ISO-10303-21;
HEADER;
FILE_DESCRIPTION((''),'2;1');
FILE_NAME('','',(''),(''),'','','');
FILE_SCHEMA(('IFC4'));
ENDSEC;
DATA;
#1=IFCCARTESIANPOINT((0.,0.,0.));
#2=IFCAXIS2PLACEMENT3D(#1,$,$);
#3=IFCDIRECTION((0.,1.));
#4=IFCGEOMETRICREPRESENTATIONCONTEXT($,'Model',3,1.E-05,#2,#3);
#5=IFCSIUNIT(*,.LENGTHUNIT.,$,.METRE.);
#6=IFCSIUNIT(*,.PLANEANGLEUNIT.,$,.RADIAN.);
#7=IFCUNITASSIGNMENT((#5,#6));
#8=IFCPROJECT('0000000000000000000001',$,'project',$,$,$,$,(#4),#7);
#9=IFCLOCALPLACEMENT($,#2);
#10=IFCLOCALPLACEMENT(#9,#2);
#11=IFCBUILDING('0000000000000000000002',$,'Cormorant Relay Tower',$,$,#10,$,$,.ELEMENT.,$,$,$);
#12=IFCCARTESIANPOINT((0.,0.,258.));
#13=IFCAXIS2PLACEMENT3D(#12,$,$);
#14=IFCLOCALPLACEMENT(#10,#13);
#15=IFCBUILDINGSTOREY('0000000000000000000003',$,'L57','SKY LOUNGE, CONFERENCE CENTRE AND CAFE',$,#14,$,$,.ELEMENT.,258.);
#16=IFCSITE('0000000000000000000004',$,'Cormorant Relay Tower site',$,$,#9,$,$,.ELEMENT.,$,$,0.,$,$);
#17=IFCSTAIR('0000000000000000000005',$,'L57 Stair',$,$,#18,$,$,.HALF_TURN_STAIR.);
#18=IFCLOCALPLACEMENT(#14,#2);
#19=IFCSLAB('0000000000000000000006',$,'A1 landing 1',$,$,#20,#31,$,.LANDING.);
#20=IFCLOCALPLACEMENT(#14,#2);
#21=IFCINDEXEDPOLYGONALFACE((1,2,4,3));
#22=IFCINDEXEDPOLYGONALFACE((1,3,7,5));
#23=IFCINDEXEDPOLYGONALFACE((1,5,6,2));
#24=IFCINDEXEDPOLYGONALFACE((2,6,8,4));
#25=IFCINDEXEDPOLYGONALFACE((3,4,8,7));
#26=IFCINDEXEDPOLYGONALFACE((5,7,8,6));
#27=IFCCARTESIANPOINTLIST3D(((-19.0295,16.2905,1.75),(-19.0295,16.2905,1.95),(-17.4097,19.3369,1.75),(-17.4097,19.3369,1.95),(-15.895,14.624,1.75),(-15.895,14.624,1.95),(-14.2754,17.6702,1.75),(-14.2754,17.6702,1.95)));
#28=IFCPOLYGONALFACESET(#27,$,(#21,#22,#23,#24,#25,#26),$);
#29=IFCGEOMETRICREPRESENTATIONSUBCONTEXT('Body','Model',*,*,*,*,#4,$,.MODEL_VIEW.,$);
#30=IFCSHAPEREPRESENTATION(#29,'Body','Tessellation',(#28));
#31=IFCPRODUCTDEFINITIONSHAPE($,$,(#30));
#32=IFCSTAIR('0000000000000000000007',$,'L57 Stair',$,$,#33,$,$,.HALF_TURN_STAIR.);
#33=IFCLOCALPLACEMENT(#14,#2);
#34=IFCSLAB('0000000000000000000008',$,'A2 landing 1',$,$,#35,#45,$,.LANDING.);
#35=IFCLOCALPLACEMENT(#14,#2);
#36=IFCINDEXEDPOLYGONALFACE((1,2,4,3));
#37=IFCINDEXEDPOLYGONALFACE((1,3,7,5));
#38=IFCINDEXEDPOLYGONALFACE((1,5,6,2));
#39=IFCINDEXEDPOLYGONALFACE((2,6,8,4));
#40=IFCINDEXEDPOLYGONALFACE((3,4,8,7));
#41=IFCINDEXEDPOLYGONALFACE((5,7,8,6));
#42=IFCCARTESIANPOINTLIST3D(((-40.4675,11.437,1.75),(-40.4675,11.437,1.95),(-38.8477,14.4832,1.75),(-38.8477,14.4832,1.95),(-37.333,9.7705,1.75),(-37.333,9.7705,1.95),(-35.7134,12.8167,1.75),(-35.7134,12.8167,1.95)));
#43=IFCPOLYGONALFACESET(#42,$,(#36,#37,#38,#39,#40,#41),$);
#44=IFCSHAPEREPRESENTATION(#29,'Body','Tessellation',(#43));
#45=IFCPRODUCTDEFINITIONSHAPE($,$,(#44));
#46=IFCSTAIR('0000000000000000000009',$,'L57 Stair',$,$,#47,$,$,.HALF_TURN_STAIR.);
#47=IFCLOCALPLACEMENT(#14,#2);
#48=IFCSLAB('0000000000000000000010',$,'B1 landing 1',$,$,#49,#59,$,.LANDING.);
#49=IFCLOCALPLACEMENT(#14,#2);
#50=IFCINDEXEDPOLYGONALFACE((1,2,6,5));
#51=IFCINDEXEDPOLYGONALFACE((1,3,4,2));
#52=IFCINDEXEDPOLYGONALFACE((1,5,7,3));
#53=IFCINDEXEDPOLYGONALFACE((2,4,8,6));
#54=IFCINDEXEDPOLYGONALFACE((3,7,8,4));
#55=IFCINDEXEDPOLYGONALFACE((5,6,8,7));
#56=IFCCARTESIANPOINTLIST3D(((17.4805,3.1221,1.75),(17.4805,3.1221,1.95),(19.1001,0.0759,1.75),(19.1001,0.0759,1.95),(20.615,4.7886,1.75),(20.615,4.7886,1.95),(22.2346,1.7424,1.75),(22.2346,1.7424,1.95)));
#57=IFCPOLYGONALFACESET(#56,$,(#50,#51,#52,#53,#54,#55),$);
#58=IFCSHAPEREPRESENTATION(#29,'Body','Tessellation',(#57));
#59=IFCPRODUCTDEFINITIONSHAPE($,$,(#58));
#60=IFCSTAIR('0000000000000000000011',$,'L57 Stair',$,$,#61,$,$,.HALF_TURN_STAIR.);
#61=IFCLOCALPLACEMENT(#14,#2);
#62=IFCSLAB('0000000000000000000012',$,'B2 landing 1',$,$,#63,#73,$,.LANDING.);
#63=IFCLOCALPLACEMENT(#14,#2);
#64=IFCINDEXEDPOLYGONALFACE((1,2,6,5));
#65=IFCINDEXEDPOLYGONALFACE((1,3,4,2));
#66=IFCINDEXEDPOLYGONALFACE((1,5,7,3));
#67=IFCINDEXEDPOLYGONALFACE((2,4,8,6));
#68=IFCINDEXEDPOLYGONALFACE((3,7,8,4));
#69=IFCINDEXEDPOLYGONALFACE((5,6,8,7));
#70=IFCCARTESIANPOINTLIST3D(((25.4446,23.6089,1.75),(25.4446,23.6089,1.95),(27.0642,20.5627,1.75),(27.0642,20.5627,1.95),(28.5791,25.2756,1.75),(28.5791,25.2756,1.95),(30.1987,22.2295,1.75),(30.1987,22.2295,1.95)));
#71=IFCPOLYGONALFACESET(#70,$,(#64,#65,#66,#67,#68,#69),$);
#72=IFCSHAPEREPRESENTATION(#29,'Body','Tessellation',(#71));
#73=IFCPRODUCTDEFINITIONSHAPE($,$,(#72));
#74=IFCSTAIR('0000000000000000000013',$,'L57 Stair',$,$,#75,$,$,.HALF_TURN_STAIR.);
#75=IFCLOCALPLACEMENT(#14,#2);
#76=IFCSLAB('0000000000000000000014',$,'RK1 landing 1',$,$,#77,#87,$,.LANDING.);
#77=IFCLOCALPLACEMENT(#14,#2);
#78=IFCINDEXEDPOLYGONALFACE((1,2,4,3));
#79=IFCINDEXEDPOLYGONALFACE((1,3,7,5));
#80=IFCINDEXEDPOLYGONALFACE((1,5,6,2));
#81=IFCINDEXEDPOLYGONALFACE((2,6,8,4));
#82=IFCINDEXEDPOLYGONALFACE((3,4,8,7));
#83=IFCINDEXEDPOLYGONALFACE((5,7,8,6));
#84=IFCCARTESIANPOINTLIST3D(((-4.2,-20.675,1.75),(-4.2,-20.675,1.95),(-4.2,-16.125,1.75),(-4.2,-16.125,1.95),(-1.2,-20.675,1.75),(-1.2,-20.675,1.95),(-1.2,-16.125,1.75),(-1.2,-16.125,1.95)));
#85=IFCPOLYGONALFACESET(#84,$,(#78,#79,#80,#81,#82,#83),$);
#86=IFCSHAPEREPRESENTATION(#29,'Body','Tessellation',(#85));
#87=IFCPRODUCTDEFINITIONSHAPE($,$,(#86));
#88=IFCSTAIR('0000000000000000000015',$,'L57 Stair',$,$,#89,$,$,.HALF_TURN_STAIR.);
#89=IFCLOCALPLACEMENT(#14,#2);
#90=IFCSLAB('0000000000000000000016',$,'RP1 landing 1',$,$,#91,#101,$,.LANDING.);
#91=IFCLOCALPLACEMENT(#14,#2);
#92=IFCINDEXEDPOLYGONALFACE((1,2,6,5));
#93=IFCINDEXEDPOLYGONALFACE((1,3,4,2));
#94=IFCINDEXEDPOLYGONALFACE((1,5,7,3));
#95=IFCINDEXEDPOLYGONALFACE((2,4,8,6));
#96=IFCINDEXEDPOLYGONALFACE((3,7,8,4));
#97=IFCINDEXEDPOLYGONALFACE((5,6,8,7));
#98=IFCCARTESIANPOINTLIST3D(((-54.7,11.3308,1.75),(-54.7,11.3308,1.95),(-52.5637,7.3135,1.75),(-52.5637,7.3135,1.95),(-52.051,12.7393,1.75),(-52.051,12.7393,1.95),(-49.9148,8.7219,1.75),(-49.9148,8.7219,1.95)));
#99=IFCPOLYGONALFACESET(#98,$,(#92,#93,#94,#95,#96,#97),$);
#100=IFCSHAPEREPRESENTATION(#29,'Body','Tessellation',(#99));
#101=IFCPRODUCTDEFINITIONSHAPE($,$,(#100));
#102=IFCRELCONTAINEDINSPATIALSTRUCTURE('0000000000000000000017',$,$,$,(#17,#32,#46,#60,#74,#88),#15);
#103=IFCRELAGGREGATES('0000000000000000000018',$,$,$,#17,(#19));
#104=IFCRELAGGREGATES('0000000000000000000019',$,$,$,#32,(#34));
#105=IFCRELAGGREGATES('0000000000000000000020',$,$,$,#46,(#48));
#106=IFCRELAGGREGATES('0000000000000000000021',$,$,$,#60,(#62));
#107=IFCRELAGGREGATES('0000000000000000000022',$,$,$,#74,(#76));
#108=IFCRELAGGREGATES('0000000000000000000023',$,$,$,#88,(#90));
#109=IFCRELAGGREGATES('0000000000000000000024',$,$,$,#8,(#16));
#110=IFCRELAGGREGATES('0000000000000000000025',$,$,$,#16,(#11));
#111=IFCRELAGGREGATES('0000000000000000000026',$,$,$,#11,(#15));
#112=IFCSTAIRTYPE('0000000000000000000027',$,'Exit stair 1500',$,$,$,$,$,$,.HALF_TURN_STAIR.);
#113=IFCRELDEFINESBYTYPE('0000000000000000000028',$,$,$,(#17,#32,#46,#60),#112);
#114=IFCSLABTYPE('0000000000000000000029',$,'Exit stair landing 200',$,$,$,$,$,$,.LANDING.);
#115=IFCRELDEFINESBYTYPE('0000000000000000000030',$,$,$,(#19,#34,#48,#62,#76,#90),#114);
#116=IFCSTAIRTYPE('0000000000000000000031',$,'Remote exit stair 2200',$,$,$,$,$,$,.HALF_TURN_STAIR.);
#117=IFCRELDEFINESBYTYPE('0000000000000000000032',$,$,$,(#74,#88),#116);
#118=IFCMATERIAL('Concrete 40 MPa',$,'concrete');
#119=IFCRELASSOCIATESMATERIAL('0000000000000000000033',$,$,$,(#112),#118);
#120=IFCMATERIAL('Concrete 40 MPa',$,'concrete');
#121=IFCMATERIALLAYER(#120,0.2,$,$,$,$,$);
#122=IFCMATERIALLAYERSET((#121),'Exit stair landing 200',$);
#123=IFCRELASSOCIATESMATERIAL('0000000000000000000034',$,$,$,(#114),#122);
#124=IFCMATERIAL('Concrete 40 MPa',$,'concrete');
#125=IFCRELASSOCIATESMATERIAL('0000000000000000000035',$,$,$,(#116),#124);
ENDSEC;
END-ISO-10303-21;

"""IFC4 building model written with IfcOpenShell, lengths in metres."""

from ifc_helpers import new_model, si_unit, direction, frame, origin, place, context, subcontext, project, spatial, polyline, outline, extrude, material, layer, layer_set, type_object, element, aggregate, save


model = new_model("IFC4")

# Units and contexts
model_context = context("Model", 3, precision=1e-05, world=origin(), true_north=direction((0.0, 1.0)))
body_context = subcontext(model_context, "Body", "Model", "MODEL_VIEW")
ifc_project = project(units=[si_unit("LENGTHUNIT", "METRE"), si_unit("PLANEANGLEUNIT", "RADIAN")], contexts=[model_context])

# Site, building, storey
site_placement = place(None, origin())
site = spatial("IfcSite", under=ifc_project, at=site_placement, Name="Cormorant Relay Tower site", CompositionType="ELEMENT", RefElevation=0.0)
building_placement = place(site_placement, origin())
building = spatial("IfcBuilding", under=site, at=building_placement, Name="Cormorant Relay Tower", CompositionType="ELEMENT")
storey_placement = place(building_placement, frame((0.0, 0.0, 258.0)))
storey = spatial("IfcBuildingStorey", under=building, at=storey_placement, Name="L57", Description="SKY LOUNGE, CONFERENCE CENTRE AND CAFE", CompositionType="ELEMENT", Elevation=258.0)

# Stairs, slabs
ifc_material_1 = material(Name="Concrete 40 MPa", Category="concrete")
stair_type_1 = type_object("IfcStairType", Name="Exit stair 1500", PredefinedType="HALF_TURN_STAIR", material=ifc_material_1)
stair_1_placement = place(storey_placement, origin())
stair_1 = element("IfcStair", 1, at=stair_1_placement, inside=storey, type_object=stair_type_1, Name="L57 Stair", PredefinedType="HALF_TURN_STAIR")
ifc_material_2 = material(Name="Concrete 40 MPa", Category="concrete")
ifc_layer_1 = layer(ifc_material_2, 0.2)
ifc_layer_set_1 = layer_set([ifc_layer_1], Name="Exit stair landing 200")
slab_type_1 = type_object("IfcSlabType", Name="Exit stair landing 200", PredefinedType="LANDING", material=ifc_layer_set_1)
slab_1_placement = place(storey_placement, frame((0.0, 0.0, 1.75)))
slab_1 = element("IfcSlab", 2, at=slab_1_placement, type_object=slab_type_1, Name="A1 landing 1", PredefinedType="LANDING", context=body_context, shape_type="SweptSolid", body=[
    extrude(outline(polyline([(-19.0295, 16.2905), (-15.895, 14.624), (-14.2754, 17.6702), (-17.4097, 19.3369), (-19.0295, 16.2905)])), origin(), (0.0, 0.0, 1.0), 0.2),
])
aggregate(stair_1, [slab_1])
stair_2_placement = place(storey_placement, origin())
stair_2 = element("IfcStair", 3, at=stair_2_placement, inside=storey, type_object=stair_type_1, Name="L57 Stair", PredefinedType="HALF_TURN_STAIR")
slab_2_placement = place(storey_placement, frame((0.0, 0.0, 1.75)))
slab_2 = element("IfcSlab", 4, at=slab_2_placement, type_object=slab_type_1, Name="A2 landing 1", PredefinedType="LANDING", context=body_context, shape_type="SweptSolid", body=[
    extrude(outline(polyline([(-35.7134, 12.8167), (-38.8477, 14.4832), (-40.4675, 11.437), (-37.333, 9.7705), (-35.7134, 12.8167)])), origin(), (0.0, 0.0, 1.0), 0.2),
])
aggregate(stair_2, [slab_2])
stair_3_placement = place(storey_placement, origin())
stair_3 = element("IfcStair", 5, at=stair_3_placement, inside=storey, type_object=stair_type_1, Name="L57 Stair", PredefinedType="HALF_TURN_STAIR")
slab_3_placement = place(storey_placement, frame((0.0, 0.0, 1.75)))
slab_3 = element("IfcSlab", 6, at=slab_3_placement, type_object=slab_type_1, Name="B1 landing 1", PredefinedType="LANDING", context=body_context, shape_type="SweptSolid", body=[
    extrude(outline(polyline([(20.615, 4.7886), (17.4805, 3.1221), (19.1001, 0.0759), (22.2346, 1.7424), (20.615, 4.7886)])), origin(), (0.0, 0.0, 1.0), 0.2),
])
aggregate(stair_3, [slab_3])
stair_4_placement = place(storey_placement, origin())
stair_4 = element("IfcStair", 7, at=stair_4_placement, inside=storey, type_object=stair_type_1, Name="L57 Stair", PredefinedType="HALF_TURN_STAIR")
slab_4_placement = place(storey_placement, frame((0.0, 0.0, 1.75)))
slab_4 = element("IfcSlab", 8, at=slab_4_placement, type_object=slab_type_1, Name="B2 landing 1", PredefinedType="LANDING", context=body_context, shape_type="SweptSolid", body=[
    extrude(outline(polyline([(27.0642, 20.5627), (30.1987, 22.2295), (28.5791, 25.2756), (25.4446, 23.6089), (27.0642, 20.5627)])), origin(), (0.0, 0.0, 1.0), 0.2),
])
aggregate(stair_4, [slab_4])
ifc_material_3 = material(Name="Concrete 40 MPa", Category="concrete")
stair_type_2 = type_object("IfcStairType", Name="Remote exit stair 2200", PredefinedType="HALF_TURN_STAIR", material=ifc_material_3)
stair_5_placement = place(storey_placement, origin())
stair_5 = element("IfcStair", 9, at=stair_5_placement, inside=storey, type_object=stair_type_2, Name="L57 Stair", PredefinedType="HALF_TURN_STAIR")
slab_5_placement = place(storey_placement, frame((0.0, 0.0, 1.75)))
slab_5 = element("IfcSlab", 10, at=slab_5_placement, type_object=slab_type_1, Name="RK1 landing 1", PredefinedType="LANDING", context=body_context, shape_type="SweptSolid", body=[
    extrude(outline(polyline([(-1.2, -16.125), (-4.2, -16.125), (-4.2, -20.675), (-1.2, -20.675), (-1.2, -16.125)])), origin(), (0.0, 0.0, 1.0), 0.2),
])
aggregate(stair_5, [slab_5])
stair_6_placement = place(storey_placement, origin())
stair_6 = element("IfcStair", 11, at=stair_6_placement, inside=storey, type_object=stair_type_2, Name="L57 Stair", PredefinedType="HALF_TURN_STAIR")
slab_6_placement = place(storey_placement, frame((0.0, 0.0, 1.75)))
slab_6 = element("IfcSlab", 12, at=slab_6_placement, type_object=slab_type_1, Name="RP1 landing 1", PredefinedType="LANDING", context=body_context, shape_type="SweptSolid", body=[
    extrude(outline(polyline([(-52.051, 12.7393), (-54.7, 11.3308), (-52.5637, 7.3135), (-49.9148, 8.7219), (-52.051, 12.7393)])), origin(), (0.0, 0.0, 1.0), 0.2),
])
aggregate(stair_6, [slab_6])

save(model, "model.ifc")
